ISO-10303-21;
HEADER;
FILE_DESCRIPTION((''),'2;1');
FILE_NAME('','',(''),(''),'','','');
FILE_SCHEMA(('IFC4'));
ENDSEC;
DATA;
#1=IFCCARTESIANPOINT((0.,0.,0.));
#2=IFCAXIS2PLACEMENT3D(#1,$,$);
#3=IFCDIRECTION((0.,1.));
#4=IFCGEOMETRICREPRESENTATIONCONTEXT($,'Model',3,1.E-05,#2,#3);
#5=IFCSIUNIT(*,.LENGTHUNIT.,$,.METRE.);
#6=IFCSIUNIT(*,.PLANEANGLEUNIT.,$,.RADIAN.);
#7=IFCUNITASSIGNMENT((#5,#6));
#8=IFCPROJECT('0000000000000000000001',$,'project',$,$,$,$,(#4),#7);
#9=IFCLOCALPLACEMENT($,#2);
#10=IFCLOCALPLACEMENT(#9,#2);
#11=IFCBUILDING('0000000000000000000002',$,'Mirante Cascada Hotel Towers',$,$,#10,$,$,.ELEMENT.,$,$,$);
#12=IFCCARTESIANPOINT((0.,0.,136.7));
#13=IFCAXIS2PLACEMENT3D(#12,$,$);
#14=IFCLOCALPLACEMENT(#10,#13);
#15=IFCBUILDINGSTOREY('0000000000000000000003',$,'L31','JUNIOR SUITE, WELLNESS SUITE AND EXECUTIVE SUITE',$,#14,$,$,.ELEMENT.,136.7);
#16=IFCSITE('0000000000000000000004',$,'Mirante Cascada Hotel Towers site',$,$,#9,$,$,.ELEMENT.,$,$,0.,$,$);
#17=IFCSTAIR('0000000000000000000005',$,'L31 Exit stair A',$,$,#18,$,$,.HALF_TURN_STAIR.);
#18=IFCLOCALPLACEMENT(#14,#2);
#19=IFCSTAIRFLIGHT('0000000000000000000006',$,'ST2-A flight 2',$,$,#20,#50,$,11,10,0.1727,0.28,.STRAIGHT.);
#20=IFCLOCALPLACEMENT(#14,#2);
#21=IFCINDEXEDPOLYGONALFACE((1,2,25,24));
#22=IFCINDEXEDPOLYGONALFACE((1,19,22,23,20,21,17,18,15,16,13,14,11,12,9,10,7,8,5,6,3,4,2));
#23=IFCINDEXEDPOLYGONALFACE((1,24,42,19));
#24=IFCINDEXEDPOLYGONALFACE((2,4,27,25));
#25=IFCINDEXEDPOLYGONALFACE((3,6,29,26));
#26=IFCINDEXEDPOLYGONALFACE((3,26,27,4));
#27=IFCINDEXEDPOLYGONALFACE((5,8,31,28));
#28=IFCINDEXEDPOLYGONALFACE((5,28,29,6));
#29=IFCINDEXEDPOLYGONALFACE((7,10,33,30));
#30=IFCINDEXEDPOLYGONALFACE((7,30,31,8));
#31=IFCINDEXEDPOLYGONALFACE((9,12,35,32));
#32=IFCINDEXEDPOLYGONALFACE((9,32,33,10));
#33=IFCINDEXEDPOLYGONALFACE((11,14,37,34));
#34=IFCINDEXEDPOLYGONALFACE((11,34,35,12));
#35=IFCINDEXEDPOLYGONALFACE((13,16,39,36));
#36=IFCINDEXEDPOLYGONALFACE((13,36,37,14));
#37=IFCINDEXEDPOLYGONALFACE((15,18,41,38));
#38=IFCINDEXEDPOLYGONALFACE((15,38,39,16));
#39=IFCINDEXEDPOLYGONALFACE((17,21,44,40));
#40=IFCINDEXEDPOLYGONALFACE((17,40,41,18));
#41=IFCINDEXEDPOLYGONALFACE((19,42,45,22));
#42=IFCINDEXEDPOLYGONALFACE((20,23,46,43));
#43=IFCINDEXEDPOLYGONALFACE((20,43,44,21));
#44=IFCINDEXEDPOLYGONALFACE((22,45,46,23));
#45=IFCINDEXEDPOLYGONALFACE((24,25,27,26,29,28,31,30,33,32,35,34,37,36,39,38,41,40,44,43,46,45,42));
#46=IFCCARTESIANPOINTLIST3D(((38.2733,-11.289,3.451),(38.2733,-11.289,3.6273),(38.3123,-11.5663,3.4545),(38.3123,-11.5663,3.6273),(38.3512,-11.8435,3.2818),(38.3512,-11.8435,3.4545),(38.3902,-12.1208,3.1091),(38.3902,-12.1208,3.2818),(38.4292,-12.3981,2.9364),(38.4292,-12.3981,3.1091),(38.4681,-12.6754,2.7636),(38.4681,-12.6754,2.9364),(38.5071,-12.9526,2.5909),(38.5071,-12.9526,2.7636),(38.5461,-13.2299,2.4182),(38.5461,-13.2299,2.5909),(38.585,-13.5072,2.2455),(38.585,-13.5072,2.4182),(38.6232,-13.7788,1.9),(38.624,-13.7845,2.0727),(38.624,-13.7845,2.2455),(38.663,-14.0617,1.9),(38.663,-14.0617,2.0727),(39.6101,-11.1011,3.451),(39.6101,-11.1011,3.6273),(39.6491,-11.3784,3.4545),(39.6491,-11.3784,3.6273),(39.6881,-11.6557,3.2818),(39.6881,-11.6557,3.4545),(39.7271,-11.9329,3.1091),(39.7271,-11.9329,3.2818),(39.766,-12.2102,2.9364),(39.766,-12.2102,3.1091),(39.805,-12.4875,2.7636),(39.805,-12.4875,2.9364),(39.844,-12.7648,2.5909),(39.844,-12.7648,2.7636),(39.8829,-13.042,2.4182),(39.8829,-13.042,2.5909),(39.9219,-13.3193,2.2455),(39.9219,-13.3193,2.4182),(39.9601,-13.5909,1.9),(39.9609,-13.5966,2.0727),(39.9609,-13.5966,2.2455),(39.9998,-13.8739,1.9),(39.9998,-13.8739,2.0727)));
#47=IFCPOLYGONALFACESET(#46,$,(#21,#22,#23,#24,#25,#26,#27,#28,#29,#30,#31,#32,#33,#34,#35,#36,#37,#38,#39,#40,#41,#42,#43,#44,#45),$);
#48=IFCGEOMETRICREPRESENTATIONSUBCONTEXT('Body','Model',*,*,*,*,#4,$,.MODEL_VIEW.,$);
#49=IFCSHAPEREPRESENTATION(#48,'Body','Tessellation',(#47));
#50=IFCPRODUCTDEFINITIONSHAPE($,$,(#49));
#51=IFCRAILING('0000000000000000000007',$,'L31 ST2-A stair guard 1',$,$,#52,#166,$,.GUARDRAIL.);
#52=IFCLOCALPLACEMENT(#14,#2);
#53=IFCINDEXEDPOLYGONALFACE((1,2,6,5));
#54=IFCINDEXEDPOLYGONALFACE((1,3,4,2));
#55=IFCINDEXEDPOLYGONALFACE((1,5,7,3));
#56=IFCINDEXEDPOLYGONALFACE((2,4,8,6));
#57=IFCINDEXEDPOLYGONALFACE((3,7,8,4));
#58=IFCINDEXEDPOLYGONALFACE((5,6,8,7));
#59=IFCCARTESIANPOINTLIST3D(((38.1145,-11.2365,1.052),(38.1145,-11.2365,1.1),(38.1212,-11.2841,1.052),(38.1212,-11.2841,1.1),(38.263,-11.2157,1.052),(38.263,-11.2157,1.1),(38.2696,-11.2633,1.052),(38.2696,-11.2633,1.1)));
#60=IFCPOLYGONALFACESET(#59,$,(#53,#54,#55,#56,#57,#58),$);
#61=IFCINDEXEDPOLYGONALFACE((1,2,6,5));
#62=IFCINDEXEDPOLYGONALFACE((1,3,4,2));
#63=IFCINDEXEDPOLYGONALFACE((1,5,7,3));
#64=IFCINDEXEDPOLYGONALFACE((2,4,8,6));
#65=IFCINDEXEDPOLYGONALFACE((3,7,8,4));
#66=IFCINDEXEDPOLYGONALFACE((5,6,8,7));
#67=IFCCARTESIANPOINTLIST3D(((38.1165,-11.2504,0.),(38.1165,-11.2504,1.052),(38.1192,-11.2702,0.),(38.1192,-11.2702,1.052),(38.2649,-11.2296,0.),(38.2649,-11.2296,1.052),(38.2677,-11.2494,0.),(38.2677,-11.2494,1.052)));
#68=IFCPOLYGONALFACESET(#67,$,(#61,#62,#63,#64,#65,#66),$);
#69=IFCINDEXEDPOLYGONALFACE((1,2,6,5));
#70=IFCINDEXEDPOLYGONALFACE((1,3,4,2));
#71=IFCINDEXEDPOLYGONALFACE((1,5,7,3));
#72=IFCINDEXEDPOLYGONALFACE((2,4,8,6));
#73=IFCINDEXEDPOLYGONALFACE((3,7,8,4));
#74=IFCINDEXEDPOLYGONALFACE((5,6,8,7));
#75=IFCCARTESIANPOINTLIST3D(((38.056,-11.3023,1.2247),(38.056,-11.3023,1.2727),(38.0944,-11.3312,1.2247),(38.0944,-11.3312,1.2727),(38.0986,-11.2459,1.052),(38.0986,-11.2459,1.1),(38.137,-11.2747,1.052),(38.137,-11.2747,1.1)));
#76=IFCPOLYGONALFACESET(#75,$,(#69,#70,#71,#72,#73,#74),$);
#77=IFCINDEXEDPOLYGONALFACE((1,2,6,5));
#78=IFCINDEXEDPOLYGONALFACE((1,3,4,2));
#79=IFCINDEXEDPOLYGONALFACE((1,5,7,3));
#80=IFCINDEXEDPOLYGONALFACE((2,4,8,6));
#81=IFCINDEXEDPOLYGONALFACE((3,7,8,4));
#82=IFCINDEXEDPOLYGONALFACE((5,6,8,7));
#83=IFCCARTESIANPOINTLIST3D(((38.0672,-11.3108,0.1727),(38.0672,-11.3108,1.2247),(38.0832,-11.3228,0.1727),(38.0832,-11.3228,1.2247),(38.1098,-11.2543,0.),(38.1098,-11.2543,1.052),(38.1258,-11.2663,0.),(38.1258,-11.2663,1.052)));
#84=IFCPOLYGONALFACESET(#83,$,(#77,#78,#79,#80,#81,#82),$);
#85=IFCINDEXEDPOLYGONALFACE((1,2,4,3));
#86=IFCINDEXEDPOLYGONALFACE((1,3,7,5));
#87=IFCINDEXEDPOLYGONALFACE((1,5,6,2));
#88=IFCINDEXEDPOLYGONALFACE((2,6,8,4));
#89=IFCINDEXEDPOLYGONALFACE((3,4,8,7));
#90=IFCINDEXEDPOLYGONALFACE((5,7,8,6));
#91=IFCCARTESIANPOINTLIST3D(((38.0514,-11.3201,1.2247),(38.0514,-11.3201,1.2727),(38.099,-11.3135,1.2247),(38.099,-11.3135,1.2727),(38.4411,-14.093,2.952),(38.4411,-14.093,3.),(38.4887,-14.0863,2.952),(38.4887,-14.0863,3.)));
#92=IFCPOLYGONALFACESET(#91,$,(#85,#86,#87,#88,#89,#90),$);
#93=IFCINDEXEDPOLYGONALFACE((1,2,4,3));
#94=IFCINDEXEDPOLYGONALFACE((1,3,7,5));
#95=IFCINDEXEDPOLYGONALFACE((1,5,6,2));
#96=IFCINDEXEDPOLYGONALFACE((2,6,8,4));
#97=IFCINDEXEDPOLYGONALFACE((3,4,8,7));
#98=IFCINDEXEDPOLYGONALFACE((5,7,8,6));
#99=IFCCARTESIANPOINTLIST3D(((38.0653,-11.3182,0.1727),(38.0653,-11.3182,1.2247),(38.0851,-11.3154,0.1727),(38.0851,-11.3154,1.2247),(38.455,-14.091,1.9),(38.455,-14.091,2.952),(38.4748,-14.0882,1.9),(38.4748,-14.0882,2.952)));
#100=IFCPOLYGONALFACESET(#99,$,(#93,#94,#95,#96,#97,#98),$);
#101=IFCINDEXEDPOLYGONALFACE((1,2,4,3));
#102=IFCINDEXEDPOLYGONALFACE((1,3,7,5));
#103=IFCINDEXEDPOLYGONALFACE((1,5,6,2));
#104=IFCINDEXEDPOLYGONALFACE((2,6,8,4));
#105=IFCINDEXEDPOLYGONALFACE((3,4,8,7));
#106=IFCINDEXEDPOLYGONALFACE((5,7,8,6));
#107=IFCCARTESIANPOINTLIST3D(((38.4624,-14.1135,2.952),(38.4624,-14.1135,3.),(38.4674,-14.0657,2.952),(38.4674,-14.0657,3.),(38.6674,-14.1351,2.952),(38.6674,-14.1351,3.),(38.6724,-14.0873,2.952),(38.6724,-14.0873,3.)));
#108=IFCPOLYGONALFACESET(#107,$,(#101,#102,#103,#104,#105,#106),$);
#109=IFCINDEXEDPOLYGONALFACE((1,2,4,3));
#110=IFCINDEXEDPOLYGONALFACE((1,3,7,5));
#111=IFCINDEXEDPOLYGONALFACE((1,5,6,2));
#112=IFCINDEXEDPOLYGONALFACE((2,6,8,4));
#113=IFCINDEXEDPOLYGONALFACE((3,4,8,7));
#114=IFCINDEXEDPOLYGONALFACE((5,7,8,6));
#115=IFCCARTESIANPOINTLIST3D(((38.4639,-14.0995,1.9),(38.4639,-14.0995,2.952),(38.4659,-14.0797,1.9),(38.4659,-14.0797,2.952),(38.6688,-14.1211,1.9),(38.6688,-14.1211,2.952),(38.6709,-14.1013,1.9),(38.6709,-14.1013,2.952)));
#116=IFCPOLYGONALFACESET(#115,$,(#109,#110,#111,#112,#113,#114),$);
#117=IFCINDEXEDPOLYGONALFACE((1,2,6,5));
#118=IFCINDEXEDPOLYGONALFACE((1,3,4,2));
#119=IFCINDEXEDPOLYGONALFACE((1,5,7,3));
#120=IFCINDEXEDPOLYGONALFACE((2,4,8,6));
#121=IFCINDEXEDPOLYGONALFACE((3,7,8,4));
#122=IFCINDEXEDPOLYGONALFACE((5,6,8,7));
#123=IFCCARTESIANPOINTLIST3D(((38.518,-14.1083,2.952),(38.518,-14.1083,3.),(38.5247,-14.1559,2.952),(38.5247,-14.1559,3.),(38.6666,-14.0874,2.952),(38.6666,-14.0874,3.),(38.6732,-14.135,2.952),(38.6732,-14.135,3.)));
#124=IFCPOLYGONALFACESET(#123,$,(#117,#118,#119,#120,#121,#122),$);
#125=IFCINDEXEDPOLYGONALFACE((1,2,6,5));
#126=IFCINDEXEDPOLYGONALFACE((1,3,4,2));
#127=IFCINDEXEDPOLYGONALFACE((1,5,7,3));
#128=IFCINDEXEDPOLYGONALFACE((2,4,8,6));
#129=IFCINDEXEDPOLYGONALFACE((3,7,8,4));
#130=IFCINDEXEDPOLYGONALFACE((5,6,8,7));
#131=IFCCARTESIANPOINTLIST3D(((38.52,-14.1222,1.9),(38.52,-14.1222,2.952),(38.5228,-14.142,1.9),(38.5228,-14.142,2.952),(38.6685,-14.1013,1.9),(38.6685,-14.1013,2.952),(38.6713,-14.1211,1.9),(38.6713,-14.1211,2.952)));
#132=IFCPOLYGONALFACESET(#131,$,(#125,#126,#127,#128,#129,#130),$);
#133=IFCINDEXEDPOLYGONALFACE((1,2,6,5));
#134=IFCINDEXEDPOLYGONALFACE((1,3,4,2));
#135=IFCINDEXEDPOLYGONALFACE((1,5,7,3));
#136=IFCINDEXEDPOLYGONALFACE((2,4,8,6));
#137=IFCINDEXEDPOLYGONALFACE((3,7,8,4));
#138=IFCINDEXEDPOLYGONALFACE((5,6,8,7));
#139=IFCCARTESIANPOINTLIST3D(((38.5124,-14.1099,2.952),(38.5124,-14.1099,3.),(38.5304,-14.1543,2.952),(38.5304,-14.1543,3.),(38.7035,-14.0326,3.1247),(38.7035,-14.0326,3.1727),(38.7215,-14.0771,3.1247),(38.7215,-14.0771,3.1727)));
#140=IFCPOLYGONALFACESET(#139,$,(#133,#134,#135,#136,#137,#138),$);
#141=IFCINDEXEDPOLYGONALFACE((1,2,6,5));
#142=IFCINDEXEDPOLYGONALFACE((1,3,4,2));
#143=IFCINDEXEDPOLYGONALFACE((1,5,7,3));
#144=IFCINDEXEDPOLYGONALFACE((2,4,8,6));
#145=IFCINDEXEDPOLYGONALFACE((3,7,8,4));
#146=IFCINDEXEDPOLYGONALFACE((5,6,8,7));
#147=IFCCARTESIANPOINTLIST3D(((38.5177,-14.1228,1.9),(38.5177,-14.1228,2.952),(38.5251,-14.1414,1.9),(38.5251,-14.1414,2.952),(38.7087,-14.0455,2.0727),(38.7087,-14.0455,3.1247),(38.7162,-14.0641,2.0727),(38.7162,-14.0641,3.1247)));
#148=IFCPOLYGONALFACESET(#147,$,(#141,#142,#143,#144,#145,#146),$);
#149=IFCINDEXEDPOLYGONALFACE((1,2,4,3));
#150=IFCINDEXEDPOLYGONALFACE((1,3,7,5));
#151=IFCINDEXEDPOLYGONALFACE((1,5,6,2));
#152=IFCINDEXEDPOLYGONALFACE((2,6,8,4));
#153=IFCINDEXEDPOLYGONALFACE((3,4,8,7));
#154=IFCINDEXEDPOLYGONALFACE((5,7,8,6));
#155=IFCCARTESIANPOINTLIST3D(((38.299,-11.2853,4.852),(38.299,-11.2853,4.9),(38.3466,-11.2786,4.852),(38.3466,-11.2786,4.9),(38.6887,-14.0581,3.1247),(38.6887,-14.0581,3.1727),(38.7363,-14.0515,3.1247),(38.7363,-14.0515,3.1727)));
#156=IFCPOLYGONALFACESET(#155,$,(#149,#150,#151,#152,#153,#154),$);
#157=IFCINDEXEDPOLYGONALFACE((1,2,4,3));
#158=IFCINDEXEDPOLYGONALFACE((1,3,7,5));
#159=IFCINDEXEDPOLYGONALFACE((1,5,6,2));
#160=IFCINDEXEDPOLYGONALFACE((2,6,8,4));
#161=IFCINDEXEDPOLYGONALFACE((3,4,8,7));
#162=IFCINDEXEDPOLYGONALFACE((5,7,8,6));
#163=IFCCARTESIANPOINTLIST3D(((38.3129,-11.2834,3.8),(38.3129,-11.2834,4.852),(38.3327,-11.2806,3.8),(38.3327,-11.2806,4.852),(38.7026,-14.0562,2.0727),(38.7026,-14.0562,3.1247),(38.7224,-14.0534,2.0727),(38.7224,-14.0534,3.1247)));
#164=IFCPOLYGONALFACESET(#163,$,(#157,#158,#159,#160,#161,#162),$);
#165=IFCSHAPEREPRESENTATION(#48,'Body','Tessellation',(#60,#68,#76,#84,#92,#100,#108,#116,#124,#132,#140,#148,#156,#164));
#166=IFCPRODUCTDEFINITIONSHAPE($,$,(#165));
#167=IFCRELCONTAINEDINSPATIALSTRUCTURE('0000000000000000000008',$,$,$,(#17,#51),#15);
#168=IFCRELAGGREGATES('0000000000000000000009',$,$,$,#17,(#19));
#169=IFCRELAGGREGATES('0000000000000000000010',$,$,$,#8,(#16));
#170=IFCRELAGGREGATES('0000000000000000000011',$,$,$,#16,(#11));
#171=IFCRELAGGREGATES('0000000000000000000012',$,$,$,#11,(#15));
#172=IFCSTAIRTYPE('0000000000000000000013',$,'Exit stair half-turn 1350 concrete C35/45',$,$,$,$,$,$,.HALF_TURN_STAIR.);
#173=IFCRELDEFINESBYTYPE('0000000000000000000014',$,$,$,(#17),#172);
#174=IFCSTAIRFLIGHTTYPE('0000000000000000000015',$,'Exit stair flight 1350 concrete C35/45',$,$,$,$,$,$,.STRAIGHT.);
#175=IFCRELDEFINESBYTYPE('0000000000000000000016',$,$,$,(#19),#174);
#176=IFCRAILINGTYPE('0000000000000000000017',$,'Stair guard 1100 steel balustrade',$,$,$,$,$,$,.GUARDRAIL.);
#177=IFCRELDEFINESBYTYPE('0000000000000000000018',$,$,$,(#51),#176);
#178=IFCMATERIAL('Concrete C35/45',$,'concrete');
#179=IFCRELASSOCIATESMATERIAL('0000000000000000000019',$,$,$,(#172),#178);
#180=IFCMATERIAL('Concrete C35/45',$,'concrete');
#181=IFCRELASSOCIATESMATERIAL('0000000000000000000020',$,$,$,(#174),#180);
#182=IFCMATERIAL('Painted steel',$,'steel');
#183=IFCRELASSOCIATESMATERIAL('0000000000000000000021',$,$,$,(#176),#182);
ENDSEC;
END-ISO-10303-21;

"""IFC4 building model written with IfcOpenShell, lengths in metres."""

from ifc_helpers import new_model, si_unit, direction, frame, origin, origin_2d, place, context, subcontext, project, spatial, polyline, rectangle, outline, extrude, material, type_object, element, aggregate, save


model = new_model("IFC4")

# Units and contexts
model_context = context("Model", 3, precision=1e-05, world=origin(), true_north=direction((0.0, 1.0)))
body_context = subcontext(model_context, "Body", "Model", "MODEL_VIEW")
ifc_project = project(units=[si_unit("LENGTHUNIT", "METRE"), si_unit("PLANEANGLEUNIT", "RADIAN")], contexts=[model_context])

# Site, building, storey
site_placement = place(None, origin())
site = spatial("IfcSite", under=ifc_project, at=site_placement, Name="Mirante Cascada Hotel Towers site", CompositionType="ELEMENT", RefElevation=0.0)
building_placement = place(site_placement, origin())
building = spatial("IfcBuilding", under=site, at=building_placement, Name="Mirante Cascada Hotel Towers", CompositionType="ELEMENT")
storey_placement = place(building_placement, frame((0.0, 0.0, 136.7)))
storey = spatial("IfcBuildingStorey", under=building, at=storey_placement, Name="L31", Description="JUNIOR SUITE, WELLNESS SUITE AND EXECUTIVE SUITE", CompositionType="ELEMENT", Elevation=136.7)

# Stair, stair flight
ifc_material_1 = material(Name="Concrete C35/45", Category="concrete")
stair_type = type_object("IfcStairType", Name="Exit stair half-turn 1350 concrete C35/45", PredefinedType="HALF_TURN_STAIR", material=ifc_material_1)
stair_placement = place(storey_placement, origin())
stair = element("IfcStair", 1, at=stair_placement, inside=storey, type_object=stair_type, Name="L31 Exit stair A", PredefinedType="HALF_TURN_STAIR")
ifc_material_2 = material(Name="Concrete C35/45", Category="concrete")
stair_flight_type = type_object("IfcStairFlightType", Name="Exit stair flight 1350 concrete C35/45", PredefinedType="STRAIGHT", material=ifc_material_2)
stair_flight_placement = place(storey_placement, frame((39.3314, -13.9678, 1.9), z_axis=(0.0, 0.0, 1.0), x_axis=(-0.139173, 0.990268, 0.0)))
stair_flight = element("IfcStairFlight", 2, at=stair_flight_placement, type_object=stair_flight_type, Name="ST2-A flight 2", NumberOfRisers=11, NumberOfTreads=10, PredefinedType="STRAIGHT", RiserHeight=0.1727, TreadLength=0.28, context=body_context, shape_type="SweptSolid", body=[
    extrude(outline(polyline([(0.0, 0.0), (0.0, 0.1727), (0.28, 0.1727), (0.28, 0.3455), (0.56, 0.3455), (0.56, 0.5182), (0.84, 0.5182), (0.84, 0.6909), (1.12, 0.6909), (1.12, 0.8636), (1.4, 0.8636), (1.4, 1.0364), (1.68, 1.0364), (1.68, 1.2091), (1.96, 1.2091), (1.96, 1.3818), (2.24, 1.3818), (2.24, 1.5545), (2.52, 1.5545), (2.52, 1.7273), (2.8, 1.7273), (2.8, 1.9), (2.8, 1.551), (0.2857, 0.0), (0.0, 0.0)])), frame((0.0, 0.675, 0.0), z_axis=(0.0, -1.0, 0.0), x_axis=(1.0, 0.0, 0.0)), (0.0, 0.0, 1.0), 1.35),
])
aggregate(stair, [stair_flight])

# Railing
ifc_material_3 = material(Name="Painted steel", Category="steel")
railing_type = type_object("IfcRailingType", Name="Stair guard 1100 steel balustrade", PredefinedType="GUARDRAIL", material=ifc_material_3)
railing_placement = place(storey_placement, frame((38.2663, -11.2395, 0.0)))
element("IfcRailing", 3, at=railing_placement, inside=storey, type_object=railing_type, Name="L31 ST2-A stair guard 1", PredefinedType="GUARDRAIL", context=body_context, shape_type="SweptSolid", body=[
    extrude(rectangle(XDim=0.048, YDim=0.048, at=origin_2d()), frame((0.0, 0.0, 1.076), z_axis=(-0.990333, -0.138713, 0.0), x_axis=(0.138713, -0.990333, 0.0)), (0.0, 0.0, 1.0), 0.1499),
    extrude(rectangle(XDim=0.02, YDim=1.052, at=origin_2d()), frame((0.0, 0.0, 0.526), z_axis=(-0.990333, -0.138713, 0.0), x_axis=(0.138713, -0.990333, 0.0)), (0.0, 0.0, 1.0), 0.1499),
    extrude(rectangle(XDim=0.048, YDim=0.048, at=origin_2d()), frame((-0.1485, -0.0208, 1.076), z_axis=(-0.602033, -0.798471, 0.0), x_axis=(0.798471, -0.602033, 0.0)), (0.0, 0.92534, 0.379139), 0.1866),
    extrude(rectangle(XDim=0.02, YDim=1.052, at=origin_2d()), frame((-0.1485, -0.0208, 0.526), z_axis=(-0.602033, -0.798471, 0.0), x_axis=(0.798471, -0.602033, 0.0)), (0.0, 0.92534, 0.379139), 0.1866),
    extrude(rectangle(XDim=0.048, YDim=0.048, at=origin_2d()), frame((-0.1911, -0.0773, 1.2487), z_axis=(0.139176, -0.990268, 0.0), x_axis=(0.990268, 0.139176, 0.0)), (0.0, 0.525021, 0.851089), 3.29),
    extrude(rectangle(XDim=0.02, YDim=1.052, at=origin_2d()), frame((-0.1911, -0.0773, 0.6987), z_axis=(0.139176, -0.990268, 0.0), x_axis=(0.990268, 0.139176, 0.0)), (0.0, 0.525021, 0.851089), 3.29),
    extrude(rectangle(XDim=0.048, YDim=0.048, at=origin_2d()), frame((0.1986, -2.8501, 2.976), z_axis=(0.994495, -0.104786, 0.0), x_axis=(0.104786, 0.994495, 0.0)), (0.0, 0.0, 1.0), 0.2061),
    extrude(rectangle(XDim=0.02, YDim=1.052, at=origin_2d()), frame((0.1986, -2.8501, 2.426), z_axis=(0.994495, -0.104786, 0.0), x_axis=(0.104786, 0.994495, 0.0)), (0.0, 0.0, 1.0), 0.2061),
    extrude(rectangle(XDim=0.048, YDim=0.048, at=origin_2d()), frame((0.4036, -2.8717, 2.976), z_axis=(-0.990241, -0.139367, 0.0), x_axis=(0.139367, -0.990241, 0.0)), (0.0, 0.0, 1.0), 0.15),
    extrude(rectangle(XDim=0.02, YDim=1.052, at=origin_2d()), frame((0.4036, -2.8717, 2.426), z_axis=(-0.990241, -0.139367, 0.0), x_axis=(0.139367, -0.990241, 0.0)), (0.0, 0.0, 1.0), 0.15),
    extrude(rectangle(XDim=0.048, YDim=0.048, at=origin_2d()), frame((0.2551, -2.8926, 2.976), z_axis=(0.927031, 0.374984, 0.0), x_axis=(-0.374984, 0.927031, 0.0)), (0.0, 0.64219, 0.766545), 0.2689),
    extrude(rectangle(XDim=0.02, YDim=1.052, at=origin_2d()), frame((0.2551, -2.8926, 2.426), z_axis=(0.927031, 0.374984, 0.0), x_axis=(-0.374984, 0.927031, 0.0)), (0.0, 0.64219, 0.766545), 0.2689),
    extrude(rectangle(XDim=0.048, YDim=0.048, at=origin_2d()), frame((0.4462, -2.8153, 3.1487), z_axis=(-0.139176, 0.990268, 0.0), x_axis=(-0.990268, -0.139176, 0.0)), (0.0, 0.525021, 0.851089), 3.29),
    extrude(rectangle(XDim=0.02, YDim=1.052, at=origin_2d()), frame((0.4462, -2.8153, 2.5987), z_axis=(-0.139176, 0.990268, 0.0), x_axis=(-0.990268, -0.139176, 0.0)), (0.0, 0.525021, 0.851089), 3.29),
])

save(model, "model.ifc")
